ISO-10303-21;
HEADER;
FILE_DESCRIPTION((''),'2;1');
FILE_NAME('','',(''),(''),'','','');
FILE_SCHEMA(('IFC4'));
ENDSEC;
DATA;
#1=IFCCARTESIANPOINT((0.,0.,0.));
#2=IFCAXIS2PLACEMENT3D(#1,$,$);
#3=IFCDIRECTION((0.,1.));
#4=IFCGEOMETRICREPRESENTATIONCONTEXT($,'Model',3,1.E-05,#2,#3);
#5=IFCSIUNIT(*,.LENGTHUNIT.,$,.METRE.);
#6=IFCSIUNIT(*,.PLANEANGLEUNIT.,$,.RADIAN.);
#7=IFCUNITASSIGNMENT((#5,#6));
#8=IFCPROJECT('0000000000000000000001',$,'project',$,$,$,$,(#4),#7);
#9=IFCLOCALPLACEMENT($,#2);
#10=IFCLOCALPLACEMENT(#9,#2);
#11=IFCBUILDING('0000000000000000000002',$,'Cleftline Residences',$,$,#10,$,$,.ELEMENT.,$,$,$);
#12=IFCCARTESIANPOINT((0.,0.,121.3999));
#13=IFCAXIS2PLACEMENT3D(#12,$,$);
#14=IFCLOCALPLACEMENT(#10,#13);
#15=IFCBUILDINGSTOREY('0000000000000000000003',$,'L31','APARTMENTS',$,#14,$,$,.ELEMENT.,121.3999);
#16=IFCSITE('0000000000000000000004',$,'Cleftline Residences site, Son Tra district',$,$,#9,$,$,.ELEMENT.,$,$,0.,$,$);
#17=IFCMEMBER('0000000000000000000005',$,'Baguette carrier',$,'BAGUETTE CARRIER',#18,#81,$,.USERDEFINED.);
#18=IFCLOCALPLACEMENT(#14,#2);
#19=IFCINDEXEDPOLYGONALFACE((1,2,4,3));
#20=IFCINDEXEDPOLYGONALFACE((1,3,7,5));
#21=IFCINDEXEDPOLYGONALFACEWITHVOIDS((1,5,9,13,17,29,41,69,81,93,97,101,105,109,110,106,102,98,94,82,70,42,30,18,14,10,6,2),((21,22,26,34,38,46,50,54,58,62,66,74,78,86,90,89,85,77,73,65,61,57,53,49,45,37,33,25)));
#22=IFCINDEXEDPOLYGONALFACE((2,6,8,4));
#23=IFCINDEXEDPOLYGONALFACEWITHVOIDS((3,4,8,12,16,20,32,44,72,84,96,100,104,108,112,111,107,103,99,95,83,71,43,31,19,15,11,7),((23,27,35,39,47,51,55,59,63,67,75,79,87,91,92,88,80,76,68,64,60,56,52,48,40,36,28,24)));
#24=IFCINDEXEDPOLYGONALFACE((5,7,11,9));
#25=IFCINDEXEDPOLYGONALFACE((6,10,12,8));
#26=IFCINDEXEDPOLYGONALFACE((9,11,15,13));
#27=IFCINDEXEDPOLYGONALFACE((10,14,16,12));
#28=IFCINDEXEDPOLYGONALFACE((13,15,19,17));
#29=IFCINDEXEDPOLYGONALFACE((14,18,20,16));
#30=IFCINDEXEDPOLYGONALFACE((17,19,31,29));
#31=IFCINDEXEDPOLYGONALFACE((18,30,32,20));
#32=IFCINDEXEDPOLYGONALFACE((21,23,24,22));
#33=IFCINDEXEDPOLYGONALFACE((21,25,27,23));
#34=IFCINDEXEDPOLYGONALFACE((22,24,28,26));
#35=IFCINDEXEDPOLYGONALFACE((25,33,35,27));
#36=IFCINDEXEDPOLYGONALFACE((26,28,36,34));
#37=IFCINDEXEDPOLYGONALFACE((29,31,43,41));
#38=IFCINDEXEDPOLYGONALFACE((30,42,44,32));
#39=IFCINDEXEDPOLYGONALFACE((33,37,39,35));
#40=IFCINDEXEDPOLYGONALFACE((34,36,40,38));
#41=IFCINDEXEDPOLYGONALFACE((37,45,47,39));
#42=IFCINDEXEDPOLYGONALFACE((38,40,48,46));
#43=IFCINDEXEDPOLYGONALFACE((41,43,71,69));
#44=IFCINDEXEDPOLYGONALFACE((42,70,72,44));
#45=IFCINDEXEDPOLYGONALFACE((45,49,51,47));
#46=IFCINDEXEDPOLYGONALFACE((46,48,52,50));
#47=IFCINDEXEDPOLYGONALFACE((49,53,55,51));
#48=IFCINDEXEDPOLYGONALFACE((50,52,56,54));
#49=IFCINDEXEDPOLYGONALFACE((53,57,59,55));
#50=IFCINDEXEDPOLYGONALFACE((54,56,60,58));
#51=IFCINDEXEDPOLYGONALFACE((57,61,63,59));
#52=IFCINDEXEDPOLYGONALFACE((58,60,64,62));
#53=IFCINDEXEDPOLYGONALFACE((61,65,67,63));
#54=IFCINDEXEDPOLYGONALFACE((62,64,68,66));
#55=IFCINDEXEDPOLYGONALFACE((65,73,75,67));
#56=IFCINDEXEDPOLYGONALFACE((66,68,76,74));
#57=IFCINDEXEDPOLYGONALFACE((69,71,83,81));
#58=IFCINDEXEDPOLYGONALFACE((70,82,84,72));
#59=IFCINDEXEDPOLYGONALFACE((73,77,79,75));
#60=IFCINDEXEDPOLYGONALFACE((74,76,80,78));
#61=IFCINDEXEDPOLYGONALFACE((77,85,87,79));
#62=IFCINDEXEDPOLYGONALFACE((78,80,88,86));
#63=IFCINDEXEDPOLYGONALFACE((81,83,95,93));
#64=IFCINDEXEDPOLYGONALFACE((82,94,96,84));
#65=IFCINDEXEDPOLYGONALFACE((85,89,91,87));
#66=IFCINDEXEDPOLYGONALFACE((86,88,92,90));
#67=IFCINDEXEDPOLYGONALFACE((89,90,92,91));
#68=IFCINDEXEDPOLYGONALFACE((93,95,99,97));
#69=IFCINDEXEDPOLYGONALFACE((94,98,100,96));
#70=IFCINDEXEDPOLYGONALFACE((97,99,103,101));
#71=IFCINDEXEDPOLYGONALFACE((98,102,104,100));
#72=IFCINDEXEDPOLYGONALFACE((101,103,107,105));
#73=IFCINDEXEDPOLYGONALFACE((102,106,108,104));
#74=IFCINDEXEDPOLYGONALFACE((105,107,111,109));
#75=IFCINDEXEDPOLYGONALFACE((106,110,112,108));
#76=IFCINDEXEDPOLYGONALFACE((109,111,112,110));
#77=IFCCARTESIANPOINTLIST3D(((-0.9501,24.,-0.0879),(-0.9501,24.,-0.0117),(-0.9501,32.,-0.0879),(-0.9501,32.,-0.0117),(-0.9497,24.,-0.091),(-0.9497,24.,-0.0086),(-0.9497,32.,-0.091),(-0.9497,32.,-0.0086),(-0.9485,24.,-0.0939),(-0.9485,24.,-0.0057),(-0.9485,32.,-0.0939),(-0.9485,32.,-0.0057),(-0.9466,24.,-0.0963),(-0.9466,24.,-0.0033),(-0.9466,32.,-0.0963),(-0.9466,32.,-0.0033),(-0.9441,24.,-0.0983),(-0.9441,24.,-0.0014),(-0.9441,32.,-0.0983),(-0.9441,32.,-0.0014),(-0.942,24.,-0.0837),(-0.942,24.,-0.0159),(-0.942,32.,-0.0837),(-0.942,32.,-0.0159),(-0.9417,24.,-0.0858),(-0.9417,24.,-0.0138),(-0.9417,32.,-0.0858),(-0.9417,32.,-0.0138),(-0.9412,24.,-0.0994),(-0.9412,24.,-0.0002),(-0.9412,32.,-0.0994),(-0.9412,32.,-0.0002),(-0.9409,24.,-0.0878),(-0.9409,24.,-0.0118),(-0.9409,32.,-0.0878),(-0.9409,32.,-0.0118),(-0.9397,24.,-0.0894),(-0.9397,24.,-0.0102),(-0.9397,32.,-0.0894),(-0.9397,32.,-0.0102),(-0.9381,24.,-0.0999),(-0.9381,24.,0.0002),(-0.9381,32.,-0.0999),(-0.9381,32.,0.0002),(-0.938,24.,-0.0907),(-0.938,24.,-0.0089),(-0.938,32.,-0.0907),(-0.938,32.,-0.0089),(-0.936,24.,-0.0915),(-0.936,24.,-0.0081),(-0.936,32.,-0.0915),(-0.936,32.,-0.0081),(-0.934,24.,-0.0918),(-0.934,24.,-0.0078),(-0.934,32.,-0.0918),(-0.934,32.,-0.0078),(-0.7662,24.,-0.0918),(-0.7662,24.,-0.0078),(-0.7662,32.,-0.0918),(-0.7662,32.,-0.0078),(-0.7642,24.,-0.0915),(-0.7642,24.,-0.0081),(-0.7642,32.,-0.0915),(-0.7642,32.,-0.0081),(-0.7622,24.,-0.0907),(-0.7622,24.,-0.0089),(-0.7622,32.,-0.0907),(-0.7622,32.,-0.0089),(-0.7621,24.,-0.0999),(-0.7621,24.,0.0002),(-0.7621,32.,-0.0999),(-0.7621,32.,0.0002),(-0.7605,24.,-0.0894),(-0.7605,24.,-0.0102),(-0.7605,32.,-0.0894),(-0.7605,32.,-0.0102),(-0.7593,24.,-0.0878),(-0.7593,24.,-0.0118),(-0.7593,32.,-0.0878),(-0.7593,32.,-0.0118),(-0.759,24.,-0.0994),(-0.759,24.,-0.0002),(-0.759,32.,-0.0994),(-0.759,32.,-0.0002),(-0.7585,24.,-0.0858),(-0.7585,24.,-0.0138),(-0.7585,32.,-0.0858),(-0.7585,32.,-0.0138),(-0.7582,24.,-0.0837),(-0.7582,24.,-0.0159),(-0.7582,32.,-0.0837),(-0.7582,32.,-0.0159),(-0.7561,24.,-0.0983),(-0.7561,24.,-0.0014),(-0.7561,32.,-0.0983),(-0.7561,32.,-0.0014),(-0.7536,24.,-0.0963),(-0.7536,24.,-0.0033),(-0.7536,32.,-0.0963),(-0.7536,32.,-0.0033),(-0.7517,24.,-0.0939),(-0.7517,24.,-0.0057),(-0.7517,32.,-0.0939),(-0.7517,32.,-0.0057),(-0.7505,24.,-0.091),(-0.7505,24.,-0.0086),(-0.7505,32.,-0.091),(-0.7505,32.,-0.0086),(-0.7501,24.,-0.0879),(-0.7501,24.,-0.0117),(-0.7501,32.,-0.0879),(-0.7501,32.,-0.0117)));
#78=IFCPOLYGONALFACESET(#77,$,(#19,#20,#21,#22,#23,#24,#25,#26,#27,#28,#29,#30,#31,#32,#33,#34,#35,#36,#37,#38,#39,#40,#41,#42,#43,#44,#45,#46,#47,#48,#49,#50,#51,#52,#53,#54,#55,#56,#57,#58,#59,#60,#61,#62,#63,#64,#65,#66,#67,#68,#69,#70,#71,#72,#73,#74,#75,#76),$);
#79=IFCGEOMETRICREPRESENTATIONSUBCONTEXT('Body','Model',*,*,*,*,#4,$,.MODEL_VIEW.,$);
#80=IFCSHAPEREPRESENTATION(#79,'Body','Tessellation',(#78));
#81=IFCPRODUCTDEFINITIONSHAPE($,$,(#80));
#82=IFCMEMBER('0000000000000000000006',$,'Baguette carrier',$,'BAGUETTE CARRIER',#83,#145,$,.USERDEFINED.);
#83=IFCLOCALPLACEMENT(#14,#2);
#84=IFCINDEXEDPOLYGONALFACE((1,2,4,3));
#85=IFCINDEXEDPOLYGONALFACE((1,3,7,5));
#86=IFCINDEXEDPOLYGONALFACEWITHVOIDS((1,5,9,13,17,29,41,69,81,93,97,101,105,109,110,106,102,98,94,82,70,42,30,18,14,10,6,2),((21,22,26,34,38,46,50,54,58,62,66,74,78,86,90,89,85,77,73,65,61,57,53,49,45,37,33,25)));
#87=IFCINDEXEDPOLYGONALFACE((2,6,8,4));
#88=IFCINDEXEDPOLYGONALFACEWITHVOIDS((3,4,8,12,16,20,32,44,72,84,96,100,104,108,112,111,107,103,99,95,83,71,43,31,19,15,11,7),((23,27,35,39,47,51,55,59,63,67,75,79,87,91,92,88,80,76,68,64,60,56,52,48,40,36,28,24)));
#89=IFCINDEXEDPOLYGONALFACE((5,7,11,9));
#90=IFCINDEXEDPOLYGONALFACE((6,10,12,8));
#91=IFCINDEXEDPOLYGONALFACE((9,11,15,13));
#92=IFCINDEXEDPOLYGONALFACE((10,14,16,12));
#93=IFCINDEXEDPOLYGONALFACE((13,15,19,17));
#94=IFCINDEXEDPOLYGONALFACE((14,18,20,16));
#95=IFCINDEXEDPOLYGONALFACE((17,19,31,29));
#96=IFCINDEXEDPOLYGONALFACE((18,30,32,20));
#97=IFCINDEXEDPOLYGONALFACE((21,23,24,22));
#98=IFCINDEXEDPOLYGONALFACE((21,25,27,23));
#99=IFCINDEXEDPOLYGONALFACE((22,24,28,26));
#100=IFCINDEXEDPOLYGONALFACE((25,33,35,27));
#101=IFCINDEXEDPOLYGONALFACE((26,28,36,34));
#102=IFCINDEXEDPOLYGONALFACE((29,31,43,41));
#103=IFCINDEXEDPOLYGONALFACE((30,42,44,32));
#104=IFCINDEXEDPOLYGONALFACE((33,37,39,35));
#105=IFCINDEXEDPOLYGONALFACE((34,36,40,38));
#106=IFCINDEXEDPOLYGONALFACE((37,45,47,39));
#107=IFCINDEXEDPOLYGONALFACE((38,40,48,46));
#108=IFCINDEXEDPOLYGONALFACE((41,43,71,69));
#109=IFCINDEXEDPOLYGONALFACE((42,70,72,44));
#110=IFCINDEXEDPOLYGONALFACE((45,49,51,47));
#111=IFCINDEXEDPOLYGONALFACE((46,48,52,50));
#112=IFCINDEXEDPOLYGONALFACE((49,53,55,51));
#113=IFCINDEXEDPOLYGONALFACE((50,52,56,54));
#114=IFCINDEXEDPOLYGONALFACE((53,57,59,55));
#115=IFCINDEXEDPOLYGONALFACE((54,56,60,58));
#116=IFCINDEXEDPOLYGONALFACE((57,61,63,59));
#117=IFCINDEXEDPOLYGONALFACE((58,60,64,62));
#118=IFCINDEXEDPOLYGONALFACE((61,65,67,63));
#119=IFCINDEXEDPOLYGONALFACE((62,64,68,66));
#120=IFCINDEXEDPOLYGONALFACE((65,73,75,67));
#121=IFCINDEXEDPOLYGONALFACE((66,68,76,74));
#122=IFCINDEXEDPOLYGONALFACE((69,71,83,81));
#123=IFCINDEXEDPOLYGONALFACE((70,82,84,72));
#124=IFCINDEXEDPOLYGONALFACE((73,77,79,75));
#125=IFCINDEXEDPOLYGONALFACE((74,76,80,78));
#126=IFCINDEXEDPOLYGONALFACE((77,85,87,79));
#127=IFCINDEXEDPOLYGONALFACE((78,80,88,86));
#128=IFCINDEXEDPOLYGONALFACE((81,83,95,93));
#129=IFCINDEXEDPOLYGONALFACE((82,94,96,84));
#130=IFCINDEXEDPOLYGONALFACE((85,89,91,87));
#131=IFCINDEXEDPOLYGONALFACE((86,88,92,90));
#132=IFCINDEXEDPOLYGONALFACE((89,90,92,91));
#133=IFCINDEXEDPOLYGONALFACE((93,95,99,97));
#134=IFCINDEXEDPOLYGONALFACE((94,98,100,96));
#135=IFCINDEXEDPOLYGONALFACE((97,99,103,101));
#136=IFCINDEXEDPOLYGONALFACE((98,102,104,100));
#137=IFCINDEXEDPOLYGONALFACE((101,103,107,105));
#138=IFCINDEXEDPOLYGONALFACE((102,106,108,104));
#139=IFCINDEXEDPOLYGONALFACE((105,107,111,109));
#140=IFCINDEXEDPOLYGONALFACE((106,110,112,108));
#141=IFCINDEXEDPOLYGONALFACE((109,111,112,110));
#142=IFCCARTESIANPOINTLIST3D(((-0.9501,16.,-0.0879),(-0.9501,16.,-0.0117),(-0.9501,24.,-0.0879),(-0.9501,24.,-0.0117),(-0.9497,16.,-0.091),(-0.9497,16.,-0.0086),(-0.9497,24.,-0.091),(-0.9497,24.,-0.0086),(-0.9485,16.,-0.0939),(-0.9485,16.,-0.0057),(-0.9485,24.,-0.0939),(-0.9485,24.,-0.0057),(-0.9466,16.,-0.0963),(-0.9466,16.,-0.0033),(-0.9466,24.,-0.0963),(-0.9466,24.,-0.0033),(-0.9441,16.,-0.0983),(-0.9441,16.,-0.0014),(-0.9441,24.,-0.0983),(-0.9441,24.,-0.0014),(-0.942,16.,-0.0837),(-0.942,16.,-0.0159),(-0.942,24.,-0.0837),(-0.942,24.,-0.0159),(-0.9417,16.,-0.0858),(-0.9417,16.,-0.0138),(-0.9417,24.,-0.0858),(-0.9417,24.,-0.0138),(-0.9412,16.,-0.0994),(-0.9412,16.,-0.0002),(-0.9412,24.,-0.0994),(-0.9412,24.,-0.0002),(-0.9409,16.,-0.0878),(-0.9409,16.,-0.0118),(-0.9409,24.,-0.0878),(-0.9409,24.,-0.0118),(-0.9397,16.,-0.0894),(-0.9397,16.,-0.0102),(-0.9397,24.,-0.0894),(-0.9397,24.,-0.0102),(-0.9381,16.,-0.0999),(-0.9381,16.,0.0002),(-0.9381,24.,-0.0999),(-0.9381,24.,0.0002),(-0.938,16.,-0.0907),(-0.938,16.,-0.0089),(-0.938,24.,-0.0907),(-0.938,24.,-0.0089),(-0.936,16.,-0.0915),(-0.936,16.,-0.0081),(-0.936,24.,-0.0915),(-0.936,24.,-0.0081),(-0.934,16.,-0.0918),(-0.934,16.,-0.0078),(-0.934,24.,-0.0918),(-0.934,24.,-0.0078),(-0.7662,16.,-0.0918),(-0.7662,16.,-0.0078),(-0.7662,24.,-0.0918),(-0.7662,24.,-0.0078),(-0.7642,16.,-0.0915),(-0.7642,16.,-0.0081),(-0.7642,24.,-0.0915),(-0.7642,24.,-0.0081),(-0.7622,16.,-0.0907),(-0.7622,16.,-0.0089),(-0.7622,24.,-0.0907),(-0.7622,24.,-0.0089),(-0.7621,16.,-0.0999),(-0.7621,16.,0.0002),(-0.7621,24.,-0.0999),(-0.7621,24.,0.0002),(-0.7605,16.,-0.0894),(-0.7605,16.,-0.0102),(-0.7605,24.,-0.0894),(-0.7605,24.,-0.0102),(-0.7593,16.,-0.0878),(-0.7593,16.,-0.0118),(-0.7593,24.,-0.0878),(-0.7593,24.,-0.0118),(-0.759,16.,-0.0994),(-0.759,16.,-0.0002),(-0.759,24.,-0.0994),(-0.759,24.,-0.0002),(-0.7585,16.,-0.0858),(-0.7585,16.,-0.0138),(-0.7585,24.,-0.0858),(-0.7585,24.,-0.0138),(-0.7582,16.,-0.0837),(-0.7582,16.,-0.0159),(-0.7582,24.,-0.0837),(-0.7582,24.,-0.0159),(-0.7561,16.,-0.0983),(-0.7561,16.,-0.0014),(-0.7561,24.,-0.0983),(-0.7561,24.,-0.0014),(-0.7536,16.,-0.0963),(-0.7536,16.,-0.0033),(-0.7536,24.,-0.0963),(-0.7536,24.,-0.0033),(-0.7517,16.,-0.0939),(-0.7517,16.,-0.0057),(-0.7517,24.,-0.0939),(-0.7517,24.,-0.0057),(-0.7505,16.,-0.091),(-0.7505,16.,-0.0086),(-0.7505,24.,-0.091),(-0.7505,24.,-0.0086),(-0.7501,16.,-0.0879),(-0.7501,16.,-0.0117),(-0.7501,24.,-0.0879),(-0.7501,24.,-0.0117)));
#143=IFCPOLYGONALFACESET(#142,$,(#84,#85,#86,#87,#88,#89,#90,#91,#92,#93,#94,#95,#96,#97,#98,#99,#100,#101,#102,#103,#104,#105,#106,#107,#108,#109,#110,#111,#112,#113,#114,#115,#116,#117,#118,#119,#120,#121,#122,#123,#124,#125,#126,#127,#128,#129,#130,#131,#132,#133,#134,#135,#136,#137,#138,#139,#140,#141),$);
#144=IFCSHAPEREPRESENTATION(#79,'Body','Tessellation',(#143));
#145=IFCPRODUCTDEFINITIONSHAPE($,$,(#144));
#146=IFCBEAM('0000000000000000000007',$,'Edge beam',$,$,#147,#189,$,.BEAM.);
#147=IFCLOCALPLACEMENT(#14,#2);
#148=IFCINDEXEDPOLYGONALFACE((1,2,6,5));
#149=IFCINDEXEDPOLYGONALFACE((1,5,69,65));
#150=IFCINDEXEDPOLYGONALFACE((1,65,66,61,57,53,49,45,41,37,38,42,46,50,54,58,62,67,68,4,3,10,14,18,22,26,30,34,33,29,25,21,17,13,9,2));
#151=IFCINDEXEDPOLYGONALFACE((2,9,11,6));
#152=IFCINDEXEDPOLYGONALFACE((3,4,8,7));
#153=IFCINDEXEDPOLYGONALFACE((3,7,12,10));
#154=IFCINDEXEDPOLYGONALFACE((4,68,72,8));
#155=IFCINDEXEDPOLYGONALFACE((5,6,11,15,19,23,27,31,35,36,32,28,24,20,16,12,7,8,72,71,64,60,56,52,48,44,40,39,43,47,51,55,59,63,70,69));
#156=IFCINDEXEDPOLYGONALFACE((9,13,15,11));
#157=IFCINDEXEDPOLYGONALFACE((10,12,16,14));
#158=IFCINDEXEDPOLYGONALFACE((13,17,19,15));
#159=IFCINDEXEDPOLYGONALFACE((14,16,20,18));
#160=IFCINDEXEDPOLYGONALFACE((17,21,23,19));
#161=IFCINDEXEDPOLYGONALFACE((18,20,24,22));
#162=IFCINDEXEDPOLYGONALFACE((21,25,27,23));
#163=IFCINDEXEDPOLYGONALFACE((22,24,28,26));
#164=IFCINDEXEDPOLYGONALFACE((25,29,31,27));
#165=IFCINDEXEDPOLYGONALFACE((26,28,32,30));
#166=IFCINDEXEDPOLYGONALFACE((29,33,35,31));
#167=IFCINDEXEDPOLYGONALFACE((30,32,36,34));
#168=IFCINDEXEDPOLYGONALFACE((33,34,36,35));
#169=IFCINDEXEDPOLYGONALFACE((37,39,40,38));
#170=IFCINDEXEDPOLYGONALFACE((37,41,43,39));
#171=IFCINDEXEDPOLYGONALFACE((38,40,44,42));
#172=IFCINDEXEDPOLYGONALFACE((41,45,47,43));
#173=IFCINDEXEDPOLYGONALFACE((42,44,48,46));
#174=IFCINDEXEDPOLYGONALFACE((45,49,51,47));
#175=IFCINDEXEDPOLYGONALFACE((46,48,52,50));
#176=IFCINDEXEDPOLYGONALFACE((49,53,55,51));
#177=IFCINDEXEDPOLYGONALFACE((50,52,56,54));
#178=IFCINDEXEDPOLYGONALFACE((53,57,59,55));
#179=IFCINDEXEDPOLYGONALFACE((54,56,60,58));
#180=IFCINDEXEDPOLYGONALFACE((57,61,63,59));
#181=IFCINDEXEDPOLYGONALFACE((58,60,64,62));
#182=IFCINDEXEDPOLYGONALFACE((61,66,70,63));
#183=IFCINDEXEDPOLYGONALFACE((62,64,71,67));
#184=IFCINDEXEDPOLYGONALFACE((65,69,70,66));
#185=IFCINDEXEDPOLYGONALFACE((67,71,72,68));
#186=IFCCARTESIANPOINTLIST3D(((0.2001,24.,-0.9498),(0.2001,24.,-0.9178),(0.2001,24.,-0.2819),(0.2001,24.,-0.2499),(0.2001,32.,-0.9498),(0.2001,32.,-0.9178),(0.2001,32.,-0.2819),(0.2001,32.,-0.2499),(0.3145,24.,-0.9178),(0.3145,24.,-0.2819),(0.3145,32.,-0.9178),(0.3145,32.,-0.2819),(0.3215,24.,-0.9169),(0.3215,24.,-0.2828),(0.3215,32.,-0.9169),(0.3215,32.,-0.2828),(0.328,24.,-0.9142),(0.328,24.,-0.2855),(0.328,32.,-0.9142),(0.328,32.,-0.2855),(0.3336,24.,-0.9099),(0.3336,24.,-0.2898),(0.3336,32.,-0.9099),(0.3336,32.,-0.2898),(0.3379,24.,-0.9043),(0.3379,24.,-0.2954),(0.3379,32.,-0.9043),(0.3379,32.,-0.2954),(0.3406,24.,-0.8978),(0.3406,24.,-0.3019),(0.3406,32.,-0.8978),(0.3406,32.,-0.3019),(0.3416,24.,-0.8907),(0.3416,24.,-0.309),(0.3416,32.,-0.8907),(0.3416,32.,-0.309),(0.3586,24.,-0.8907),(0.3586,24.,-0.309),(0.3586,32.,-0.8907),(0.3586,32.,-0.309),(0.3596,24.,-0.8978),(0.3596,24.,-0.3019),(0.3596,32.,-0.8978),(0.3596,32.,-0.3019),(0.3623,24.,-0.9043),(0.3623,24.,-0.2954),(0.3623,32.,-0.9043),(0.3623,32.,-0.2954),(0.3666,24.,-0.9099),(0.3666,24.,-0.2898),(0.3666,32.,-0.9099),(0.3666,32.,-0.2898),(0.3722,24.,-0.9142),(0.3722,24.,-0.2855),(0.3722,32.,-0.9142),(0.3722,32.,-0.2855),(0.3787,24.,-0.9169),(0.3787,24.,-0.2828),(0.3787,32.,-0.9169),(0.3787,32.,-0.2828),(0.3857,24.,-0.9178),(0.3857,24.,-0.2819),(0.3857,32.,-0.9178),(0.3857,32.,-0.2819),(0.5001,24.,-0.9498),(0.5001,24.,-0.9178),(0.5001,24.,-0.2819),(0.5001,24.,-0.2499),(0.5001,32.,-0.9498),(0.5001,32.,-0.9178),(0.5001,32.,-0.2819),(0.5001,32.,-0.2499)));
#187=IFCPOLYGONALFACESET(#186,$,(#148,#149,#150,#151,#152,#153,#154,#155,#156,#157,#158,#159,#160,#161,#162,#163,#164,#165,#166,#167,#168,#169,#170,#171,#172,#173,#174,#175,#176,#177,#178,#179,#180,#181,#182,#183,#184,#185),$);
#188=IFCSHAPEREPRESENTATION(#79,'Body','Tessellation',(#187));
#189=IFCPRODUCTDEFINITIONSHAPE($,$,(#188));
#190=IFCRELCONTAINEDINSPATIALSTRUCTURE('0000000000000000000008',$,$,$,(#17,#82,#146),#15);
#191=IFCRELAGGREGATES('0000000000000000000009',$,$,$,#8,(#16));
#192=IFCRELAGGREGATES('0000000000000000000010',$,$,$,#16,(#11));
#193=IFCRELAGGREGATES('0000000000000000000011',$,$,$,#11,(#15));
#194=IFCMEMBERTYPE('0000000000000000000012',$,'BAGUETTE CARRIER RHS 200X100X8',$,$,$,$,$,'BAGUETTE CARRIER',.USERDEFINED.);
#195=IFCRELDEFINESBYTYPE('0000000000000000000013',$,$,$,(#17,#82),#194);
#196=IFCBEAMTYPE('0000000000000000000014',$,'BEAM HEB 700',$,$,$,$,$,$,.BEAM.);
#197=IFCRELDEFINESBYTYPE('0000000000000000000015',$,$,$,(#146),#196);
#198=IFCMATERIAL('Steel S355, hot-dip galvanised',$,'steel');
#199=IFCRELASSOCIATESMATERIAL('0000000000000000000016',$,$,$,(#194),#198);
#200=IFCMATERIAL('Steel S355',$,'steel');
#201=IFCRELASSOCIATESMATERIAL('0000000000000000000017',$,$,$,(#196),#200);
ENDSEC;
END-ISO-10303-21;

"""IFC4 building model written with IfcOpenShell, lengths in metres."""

from ifc_helpers import new_model, si_unit, direction, frame, origin, origin_2d, place, context, subcontext, project, spatial, hollow_rectangle, i_section, extrude, material, material_profile, profile_set, type_object, element, save


model = new_model("IFC4")

# Units and contexts
model_context = context("Model", 3, precision=1e-05, world=origin(), true_north=direction((0.0, 1.0)))
body_context = subcontext(model_context, "Body", "Model", "MODEL_VIEW")
ifc_project = project(units=[si_unit("LENGTHUNIT", "METRE"), si_unit("PLANEANGLEUNIT", "RADIAN")], contexts=[model_context])

# Site, building, storey
site_placement = place(None, origin())
site = spatial("IfcSite", under=ifc_project, at=site_placement, Name="Cleftline Residences site, Son Tra district", CompositionType="ELEMENT", RefElevation=0.0)
building_placement = place(site_placement, origin())
building = spatial("IfcBuilding", under=site, at=building_placement, Name="Cleftline Residences", CompositionType="ELEMENT")
storey_placement = place(building_placement, frame((0.0, 0.0, 121.3999)))
storey = spatial("IfcBuildingStorey", under=building, at=storey_placement, Name="L31", Description="APARTMENTS", CompositionType="ELEMENT", Elevation=121.3999)

# Members
ifc_material_1 = material(Name="Steel S355, hot-dip galvanised", Category="steel")
ifc_material_profile_1 = material_profile(ifc_material_1, hollow_rectangle(XDim=0.1001, YDim=0.2, WallThickness=0.0081, InnerFilletRadius=0.0081, OuterFilletRadius=0.012, at=origin_2d()))
ifc_profile_set_1 = profile_set([ifc_material_profile_1], Name="Steel S355, hot-dip galvanised")
member_type_1 = type_object("IfcMemberType", Name="BAGUETTE CARRIER RHS 200X100X8", ElementType="BAGUETTE CARRIER", PredefinedType="USERDEFINED", material=ifc_profile_set_1)
for number, where, z_axis, x_axis, name in (
    (1, (-0.8501, 32.0, -0.0498), (0.0, -1.0, 0.0), (0.0, 0.0, 1.0), "Baguette carrier"),
    (2, (-0.8501, 24.0, -0.0498), (0.0, -1.0, 0.0), (0.0, 0.0, 1.0), "Baguette carrier"),
):
    element("IfcMember", number, at=place(storey_placement, frame(where, z_axis=z_axis, x_axis=x_axis)), inside=storey, type_object=member_type_1, Name=name, ObjectType="BAGUETTE CARRIER", PredefinedType="USERDEFINED", context=body_context, shape_type="SweptSolid", body=[
        extrude(hollow_rectangle(XDim=0.1001, YDim=0.2, WallThickness=0.0081, InnerFilletRadius=0.0081, OuterFilletRadius=0.012, at=origin_2d()), origin(), (0.0, 0.0, 1.0), 8.0),
    ])

# Beam
ifc_material_2 = material(Name="Steel S355", Category="steel")
ifc_material_profile_2 = material_profile(ifc_material_2, i_section(OverallWidth=0.3, OverallDepth=0.7, WebThickness=0.0171, FlangeThickness=0.032, FilletRadius=0.0271, at=origin_2d()))
ifc_profile_set_2 = profile_set([ifc_material_profile_2], Name="Steel S355")
beam_type_1 = type_object("IfcBeamType", Name="BEAM HEB 700", PredefinedType="BEAM", material=ifc_profile_set_2)
for number, where, z_axis, x_axis, name in (
    (3, (0.3501, 24.0, -0.5999), (0.0, 1.0, 0.0), (-1.0, 0.0, 0.0), "Edge beam"),
):
    element("IfcBeam", number, at=place(storey_placement, frame(where, z_axis=z_axis, x_axis=x_axis)), inside=storey, type_object=beam_type_1, Name=name, PredefinedType="BEAM", context=body_context, shape_type="SweptSolid", body=[
        extrude(i_section(OverallWidth=0.3, OverallDepth=0.7, WebThickness=0.0171, FlangeThickness=0.032, FilletRadius=0.0271, at=origin_2d()), origin(), (0.0, 0.0, 1.0), 8.0),
    ])

save(model, "model.ifc")
